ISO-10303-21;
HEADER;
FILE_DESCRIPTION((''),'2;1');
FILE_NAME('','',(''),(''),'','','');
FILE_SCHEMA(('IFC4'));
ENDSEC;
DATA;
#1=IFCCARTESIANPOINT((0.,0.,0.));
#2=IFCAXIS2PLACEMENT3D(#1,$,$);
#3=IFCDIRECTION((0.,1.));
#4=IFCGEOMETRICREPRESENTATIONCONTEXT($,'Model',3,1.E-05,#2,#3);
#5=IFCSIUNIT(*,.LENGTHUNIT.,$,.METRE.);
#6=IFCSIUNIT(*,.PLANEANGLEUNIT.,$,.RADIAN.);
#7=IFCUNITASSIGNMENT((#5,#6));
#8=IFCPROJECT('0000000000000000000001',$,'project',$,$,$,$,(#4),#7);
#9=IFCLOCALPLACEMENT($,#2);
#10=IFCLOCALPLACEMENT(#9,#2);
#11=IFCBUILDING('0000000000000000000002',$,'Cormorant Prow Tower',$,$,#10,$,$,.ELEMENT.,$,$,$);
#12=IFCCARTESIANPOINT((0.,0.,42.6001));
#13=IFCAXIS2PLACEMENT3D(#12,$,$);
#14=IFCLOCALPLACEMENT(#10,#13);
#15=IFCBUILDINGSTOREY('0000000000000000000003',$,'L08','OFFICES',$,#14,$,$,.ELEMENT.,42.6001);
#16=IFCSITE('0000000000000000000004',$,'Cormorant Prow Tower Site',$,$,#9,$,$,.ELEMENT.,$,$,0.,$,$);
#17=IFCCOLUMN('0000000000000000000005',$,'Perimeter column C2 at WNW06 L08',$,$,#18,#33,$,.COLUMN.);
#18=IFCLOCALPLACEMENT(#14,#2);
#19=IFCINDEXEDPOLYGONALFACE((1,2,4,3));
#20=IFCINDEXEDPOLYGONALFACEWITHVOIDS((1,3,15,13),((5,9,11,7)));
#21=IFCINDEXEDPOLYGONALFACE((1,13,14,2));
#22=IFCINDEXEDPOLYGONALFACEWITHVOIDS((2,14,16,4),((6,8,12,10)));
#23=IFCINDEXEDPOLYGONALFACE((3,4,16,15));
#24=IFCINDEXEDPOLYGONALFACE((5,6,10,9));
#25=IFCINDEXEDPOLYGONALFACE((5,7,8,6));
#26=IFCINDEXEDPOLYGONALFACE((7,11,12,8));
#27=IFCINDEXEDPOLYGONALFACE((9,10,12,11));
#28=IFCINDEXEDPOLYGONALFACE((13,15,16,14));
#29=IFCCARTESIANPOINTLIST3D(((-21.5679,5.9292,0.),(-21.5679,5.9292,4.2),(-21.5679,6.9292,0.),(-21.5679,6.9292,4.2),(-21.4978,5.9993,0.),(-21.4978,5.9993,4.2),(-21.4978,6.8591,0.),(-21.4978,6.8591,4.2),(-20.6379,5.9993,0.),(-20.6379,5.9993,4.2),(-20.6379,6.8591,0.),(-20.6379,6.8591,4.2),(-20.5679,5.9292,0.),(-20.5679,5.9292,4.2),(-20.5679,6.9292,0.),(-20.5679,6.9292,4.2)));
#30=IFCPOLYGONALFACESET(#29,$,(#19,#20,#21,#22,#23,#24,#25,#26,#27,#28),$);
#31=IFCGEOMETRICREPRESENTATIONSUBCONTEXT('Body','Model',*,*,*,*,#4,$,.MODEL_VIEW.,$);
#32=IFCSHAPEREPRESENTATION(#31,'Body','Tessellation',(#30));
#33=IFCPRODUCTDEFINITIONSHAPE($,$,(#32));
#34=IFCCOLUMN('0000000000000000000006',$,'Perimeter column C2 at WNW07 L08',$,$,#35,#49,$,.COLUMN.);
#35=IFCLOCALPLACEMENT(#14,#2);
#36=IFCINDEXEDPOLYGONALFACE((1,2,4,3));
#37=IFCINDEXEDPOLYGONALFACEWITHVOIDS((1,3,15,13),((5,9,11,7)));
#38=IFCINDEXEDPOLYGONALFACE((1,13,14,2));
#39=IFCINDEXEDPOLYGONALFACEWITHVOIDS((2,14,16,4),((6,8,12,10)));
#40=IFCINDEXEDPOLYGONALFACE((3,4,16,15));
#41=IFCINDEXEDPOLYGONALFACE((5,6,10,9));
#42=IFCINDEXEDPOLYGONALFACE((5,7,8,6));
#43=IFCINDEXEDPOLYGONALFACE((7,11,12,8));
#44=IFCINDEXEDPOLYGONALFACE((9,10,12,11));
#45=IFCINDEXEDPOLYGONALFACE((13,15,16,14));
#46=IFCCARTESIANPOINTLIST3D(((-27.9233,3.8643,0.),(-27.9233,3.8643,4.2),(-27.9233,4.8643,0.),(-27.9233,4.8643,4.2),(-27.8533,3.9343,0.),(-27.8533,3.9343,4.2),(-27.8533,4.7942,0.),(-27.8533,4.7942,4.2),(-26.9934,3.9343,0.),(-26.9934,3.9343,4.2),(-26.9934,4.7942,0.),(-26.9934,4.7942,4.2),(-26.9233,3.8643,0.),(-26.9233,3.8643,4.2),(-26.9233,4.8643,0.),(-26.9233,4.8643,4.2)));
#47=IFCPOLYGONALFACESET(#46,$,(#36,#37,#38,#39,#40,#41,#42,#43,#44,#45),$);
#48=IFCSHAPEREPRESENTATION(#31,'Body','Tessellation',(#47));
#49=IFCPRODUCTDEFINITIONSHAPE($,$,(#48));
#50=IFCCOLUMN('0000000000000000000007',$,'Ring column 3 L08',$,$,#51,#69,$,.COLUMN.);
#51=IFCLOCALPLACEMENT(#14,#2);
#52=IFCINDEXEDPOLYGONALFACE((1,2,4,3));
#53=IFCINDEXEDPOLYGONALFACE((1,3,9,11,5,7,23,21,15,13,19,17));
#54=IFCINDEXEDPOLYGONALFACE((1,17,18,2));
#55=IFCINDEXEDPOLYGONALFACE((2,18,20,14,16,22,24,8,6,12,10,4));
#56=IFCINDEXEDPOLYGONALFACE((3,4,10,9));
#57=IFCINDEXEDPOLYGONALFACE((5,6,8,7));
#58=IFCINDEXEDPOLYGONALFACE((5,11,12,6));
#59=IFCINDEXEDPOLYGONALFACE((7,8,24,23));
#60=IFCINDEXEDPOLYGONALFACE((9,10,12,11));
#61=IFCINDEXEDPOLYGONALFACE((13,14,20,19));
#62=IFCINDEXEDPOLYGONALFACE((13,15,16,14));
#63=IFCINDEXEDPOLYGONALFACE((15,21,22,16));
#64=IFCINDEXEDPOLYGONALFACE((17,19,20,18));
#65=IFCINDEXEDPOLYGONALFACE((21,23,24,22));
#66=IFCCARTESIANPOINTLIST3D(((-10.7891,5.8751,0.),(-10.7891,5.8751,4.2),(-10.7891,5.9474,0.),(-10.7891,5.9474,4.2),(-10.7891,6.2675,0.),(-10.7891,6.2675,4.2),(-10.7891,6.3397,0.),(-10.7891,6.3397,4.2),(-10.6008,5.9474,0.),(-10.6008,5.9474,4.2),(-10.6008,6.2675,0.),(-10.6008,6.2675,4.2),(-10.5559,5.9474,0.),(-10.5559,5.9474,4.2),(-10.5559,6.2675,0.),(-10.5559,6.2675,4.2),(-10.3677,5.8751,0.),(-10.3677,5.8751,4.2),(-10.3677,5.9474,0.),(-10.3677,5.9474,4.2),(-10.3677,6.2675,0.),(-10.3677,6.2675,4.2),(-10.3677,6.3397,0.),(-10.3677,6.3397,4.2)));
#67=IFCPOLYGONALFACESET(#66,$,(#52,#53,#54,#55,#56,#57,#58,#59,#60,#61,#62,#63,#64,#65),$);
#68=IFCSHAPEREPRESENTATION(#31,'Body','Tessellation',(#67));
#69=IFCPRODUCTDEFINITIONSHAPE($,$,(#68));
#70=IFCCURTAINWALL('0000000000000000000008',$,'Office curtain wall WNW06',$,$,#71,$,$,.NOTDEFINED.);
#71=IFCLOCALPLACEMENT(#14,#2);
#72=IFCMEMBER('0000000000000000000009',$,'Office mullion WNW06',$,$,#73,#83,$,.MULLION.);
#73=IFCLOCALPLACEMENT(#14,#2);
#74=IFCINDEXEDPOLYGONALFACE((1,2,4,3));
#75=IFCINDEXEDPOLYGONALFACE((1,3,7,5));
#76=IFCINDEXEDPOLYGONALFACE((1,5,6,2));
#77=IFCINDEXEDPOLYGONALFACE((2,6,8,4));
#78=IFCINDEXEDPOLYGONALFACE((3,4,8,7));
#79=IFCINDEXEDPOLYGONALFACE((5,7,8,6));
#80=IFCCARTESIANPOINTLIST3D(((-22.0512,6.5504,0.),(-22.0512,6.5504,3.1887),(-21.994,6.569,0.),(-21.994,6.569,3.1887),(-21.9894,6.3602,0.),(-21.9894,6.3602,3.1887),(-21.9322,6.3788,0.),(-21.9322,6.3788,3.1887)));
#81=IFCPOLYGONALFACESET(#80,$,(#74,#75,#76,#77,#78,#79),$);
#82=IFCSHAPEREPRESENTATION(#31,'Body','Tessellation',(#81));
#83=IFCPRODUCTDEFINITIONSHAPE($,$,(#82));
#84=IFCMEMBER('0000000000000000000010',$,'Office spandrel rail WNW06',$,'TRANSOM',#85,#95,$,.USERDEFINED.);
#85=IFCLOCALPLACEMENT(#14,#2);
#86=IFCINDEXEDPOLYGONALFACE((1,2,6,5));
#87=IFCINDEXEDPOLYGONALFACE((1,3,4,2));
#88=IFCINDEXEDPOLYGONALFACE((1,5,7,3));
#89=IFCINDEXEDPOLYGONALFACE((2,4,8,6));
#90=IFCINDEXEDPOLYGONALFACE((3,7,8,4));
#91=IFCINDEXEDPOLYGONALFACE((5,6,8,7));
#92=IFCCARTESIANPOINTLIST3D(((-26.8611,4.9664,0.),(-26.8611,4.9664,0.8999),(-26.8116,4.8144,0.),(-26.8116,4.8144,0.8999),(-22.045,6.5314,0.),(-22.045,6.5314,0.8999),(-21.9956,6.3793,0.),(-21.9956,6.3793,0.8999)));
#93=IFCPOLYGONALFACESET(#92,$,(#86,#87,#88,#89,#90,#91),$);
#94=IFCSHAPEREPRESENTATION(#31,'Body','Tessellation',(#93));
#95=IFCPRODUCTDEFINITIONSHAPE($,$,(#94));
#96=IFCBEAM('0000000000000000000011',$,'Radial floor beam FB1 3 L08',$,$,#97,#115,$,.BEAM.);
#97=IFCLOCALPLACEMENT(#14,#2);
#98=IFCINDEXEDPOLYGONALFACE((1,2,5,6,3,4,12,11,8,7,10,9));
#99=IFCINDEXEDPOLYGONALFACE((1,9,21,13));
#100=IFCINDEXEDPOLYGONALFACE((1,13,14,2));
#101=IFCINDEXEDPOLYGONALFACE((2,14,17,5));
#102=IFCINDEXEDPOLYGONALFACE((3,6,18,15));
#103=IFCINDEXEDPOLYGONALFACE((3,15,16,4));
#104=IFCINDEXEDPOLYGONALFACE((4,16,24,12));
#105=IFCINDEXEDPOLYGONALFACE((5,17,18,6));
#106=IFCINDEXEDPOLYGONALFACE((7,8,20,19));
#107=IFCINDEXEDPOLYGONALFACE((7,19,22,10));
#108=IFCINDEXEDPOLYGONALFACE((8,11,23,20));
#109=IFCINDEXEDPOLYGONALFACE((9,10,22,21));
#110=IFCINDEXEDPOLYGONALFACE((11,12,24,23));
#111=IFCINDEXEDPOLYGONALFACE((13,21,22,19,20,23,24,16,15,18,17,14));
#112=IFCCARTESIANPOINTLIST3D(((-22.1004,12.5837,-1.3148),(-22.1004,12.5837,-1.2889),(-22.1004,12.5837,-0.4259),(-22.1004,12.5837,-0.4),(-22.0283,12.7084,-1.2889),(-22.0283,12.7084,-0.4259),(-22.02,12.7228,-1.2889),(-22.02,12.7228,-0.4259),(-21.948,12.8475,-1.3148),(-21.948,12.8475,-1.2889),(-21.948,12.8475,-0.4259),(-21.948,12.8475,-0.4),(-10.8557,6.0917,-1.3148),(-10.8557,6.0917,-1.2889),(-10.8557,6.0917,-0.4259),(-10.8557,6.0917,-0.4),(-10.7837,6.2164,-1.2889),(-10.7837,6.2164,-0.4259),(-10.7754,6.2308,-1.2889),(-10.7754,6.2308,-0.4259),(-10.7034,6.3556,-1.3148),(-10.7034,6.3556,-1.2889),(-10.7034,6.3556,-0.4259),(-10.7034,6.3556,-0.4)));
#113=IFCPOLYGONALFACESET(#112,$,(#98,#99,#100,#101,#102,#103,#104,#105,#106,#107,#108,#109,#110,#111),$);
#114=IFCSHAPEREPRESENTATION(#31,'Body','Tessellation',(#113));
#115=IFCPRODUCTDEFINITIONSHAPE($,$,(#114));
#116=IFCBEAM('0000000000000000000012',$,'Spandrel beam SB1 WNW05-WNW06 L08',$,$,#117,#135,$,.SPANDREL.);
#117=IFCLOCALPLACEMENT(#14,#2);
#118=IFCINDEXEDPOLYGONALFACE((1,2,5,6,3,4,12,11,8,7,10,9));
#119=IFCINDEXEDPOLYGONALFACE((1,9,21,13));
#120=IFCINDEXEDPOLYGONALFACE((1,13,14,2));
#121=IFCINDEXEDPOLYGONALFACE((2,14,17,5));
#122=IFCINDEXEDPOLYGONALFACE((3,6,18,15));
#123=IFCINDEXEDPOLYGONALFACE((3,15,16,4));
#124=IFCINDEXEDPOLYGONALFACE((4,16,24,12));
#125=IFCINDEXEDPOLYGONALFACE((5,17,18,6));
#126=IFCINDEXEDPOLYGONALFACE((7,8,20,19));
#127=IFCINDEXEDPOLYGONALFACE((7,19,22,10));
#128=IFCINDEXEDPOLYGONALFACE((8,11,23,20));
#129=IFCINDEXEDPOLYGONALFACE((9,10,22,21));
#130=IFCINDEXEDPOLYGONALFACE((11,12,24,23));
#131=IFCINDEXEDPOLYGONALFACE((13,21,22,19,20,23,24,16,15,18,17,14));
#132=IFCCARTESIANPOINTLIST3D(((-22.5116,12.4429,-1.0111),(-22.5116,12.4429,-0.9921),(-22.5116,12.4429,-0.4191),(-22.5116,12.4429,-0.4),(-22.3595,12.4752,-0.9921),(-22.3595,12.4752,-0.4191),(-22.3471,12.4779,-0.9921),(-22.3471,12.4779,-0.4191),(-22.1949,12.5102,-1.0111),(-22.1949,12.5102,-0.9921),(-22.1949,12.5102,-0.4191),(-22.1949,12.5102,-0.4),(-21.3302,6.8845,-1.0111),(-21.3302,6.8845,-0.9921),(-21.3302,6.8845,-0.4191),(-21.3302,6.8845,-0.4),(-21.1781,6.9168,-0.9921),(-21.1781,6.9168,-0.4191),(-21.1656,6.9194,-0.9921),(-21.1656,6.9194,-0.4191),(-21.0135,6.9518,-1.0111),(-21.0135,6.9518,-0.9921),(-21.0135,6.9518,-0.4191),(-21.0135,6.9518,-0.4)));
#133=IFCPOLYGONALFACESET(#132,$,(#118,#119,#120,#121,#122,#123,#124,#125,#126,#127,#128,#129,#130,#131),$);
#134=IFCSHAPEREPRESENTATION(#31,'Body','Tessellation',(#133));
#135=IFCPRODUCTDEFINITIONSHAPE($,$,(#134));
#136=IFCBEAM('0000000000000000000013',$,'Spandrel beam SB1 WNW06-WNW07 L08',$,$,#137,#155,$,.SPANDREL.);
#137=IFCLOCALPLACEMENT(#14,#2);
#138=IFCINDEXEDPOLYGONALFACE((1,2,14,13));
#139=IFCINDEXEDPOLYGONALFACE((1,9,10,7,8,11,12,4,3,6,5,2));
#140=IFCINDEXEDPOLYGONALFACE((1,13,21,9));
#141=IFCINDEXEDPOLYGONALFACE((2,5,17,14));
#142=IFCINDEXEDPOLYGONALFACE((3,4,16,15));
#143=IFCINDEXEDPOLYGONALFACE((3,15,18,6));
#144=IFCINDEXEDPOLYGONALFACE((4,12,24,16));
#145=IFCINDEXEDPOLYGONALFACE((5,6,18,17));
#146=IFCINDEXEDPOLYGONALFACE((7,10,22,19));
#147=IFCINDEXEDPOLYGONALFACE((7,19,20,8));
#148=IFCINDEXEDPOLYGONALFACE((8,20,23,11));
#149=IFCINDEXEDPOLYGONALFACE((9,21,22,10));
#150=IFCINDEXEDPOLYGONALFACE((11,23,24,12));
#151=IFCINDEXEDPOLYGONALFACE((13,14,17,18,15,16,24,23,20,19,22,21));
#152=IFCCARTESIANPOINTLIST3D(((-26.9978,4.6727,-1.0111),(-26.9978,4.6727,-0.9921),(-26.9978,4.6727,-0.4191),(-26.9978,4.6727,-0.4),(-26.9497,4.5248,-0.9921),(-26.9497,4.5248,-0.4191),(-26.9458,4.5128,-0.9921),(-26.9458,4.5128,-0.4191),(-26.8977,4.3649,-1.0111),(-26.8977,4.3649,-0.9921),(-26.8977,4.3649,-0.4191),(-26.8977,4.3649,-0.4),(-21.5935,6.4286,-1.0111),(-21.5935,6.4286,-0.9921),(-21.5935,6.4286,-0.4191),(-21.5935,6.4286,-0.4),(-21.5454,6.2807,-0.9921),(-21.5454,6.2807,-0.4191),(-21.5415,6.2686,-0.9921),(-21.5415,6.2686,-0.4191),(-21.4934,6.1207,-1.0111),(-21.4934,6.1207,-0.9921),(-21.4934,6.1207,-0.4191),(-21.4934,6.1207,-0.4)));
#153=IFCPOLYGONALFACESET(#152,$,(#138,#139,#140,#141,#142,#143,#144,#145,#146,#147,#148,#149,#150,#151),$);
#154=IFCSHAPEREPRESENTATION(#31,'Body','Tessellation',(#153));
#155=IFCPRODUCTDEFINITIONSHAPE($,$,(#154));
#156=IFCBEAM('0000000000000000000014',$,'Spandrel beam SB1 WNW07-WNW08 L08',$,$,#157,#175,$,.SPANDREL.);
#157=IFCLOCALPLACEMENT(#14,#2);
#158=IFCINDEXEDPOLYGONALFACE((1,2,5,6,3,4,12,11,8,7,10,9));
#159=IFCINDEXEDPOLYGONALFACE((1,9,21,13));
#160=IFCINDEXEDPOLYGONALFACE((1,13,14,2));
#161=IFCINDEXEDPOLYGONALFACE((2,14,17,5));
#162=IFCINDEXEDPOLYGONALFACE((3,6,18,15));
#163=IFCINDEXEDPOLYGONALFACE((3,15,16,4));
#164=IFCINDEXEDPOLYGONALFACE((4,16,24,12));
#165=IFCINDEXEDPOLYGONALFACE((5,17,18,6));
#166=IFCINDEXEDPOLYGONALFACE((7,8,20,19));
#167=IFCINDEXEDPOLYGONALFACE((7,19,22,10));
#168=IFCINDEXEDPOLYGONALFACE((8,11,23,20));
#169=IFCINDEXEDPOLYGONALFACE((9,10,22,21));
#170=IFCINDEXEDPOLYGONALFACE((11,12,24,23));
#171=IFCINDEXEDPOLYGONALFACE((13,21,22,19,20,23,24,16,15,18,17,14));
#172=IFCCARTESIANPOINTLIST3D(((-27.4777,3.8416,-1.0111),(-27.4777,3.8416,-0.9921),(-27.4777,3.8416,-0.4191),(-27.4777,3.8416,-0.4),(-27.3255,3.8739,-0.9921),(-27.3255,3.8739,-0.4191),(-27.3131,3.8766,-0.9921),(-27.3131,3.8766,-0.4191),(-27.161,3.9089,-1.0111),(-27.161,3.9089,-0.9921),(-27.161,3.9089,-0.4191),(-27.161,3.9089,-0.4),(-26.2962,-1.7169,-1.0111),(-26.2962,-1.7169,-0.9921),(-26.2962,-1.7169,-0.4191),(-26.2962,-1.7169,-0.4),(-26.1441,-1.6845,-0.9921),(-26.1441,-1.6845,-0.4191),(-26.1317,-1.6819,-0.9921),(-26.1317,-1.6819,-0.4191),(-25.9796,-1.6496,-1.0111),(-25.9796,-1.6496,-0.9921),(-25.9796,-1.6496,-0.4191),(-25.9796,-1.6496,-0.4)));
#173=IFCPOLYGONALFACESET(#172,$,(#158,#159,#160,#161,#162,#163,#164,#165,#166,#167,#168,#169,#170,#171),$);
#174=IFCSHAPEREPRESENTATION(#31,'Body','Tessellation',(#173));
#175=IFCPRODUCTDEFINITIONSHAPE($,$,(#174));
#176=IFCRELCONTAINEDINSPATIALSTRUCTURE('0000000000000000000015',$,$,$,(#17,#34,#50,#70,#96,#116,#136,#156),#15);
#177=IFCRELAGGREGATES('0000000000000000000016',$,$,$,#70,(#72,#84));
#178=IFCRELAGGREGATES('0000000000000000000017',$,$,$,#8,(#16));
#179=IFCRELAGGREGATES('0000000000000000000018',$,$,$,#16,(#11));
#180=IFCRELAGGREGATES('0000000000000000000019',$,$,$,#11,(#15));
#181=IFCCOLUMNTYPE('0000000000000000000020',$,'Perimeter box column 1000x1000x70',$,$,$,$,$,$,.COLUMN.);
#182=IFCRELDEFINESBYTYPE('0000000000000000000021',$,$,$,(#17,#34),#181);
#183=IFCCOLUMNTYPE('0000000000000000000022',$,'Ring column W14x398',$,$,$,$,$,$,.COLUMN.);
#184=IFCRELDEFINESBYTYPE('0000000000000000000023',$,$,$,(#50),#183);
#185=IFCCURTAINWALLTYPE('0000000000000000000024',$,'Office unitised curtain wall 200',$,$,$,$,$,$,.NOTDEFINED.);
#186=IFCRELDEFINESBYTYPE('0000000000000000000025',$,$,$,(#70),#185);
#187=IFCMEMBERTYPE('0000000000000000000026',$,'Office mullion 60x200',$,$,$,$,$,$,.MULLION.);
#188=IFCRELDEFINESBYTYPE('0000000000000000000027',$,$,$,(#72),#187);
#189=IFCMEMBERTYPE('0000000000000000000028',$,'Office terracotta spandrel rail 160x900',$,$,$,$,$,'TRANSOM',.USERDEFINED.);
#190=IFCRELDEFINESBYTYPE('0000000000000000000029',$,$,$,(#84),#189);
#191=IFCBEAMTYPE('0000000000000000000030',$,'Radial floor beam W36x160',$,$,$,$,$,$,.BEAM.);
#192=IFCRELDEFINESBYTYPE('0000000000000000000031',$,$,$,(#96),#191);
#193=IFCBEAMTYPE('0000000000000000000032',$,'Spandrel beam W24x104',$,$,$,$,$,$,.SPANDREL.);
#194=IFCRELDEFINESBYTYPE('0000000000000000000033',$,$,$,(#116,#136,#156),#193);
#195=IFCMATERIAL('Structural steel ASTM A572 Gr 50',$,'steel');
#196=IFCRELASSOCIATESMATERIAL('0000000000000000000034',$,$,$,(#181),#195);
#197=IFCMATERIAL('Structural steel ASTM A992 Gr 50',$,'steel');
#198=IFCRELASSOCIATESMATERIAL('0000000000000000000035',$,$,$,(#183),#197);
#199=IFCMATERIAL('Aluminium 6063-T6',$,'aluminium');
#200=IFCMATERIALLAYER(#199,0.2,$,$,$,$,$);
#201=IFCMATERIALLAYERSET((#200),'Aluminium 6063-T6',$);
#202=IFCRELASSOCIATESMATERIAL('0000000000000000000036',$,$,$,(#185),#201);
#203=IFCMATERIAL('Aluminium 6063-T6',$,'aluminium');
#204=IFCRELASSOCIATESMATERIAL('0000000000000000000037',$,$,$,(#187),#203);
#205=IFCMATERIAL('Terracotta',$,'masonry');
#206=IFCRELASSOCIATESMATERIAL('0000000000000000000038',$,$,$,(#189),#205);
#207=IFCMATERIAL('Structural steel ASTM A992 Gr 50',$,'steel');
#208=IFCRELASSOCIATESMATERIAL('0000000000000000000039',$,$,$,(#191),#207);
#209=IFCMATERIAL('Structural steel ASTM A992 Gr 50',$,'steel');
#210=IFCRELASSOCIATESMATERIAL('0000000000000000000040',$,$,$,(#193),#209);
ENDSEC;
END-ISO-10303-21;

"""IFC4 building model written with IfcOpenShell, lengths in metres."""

from ifc_helpers import new_model, si_unit, direction, frame, origin, origin_2d, place, context, subcontext, project, spatial, rectangle, hollow_rectangle, i_section, extrude, material, layer, layer_set, material_profile, profile_set, type_object, element, aggregate, save


model = new_model("IFC4")

# Units and contexts
model_context = context("Model", 3, precision=1e-05, world=origin(), true_north=direction((0.0, 1.0)))
body_context = subcontext(model_context, "Body", "Model", "MODEL_VIEW")
ifc_project = project(units=[si_unit("LENGTHUNIT", "METRE"), si_unit("PLANEANGLEUNIT", "RADIAN")], contexts=[model_context])

# Site, building, storey
site_placement = place(None, origin())
site = spatial("IfcSite", under=ifc_project, at=site_placement, Name="Cormorant Prow Tower Site", CompositionType="ELEMENT", RefElevation=0.0)
building_placement = place(site_placement, origin())
building = spatial("IfcBuilding", under=site, at=building_placement, Name="Cormorant Prow Tower", CompositionType="ELEMENT")
storey_placement = place(building_placement, frame((0.0, 0.0, 42.6001)))
storey = spatial("IfcBuildingStorey", under=building, at=storey_placement, Name="L08", Description="OFFICES", CompositionType="ELEMENT", Elevation=42.6001)

# Columns
ifc_material_1 = material(Name="Structural steel ASTM A572 Gr 50", Category="steel")
ifc_material_profile_1 = material_profile(ifc_material_1, hollow_rectangle(XDim=1.0, YDim=1.0, WallThickness=0.0701, at=origin_2d()), Name="Box 1000x1000x70")
ifc_profile_set_1 = profile_set([ifc_material_profile_1], Name="Structural steel ASTM A572 Gr 50")
column_type_1 = type_object("IfcColumnType", Name="Perimeter box column 1000x1000x70", PredefinedType="COLUMN", material=ifc_profile_set_1)
for number, where, z_axis, x_axis, name in (
    (1, (-21.0679, 6.4292, 0.0), (0.0, 0.0, 1.0), (1.0, 0.0, 0.0), "Perimeter column C2 at WNW06 L08"),
    (2, (-27.4233, 4.3643, 0.0), (0.0, 0.0, 1.0), (1.0, 0.0, 0.0), "Perimeter column C2 at WNW07 L08"),
):
    element("IfcColumn", number, at=place(storey_placement, frame(where, z_axis=z_axis, x_axis=x_axis)), inside=storey, type_object=column_type_1, Name=name, PredefinedType="COLUMN", context=body_context, shape_type="SweptSolid", body=[
        extrude(hollow_rectangle(XDim=1.0, YDim=1.0, WallThickness=0.0701, at=origin_2d()), origin(), (0.0, 0.0, 1.0), 4.2),
    ])
ifc_material_2 = material(Name="Structural steel ASTM A992 Gr 50", Category="steel")
ifc_material_profile_2 = material_profile(ifc_material_2, i_section(OverallWidth=0.4214, OverallDepth=0.4646, WebThickness=0.0449, FlangeThickness=0.0723, at=origin_2d()), Name="W14x398")
ifc_profile_set_2 = profile_set([ifc_material_profile_2], Name="Structural steel ASTM A992 Gr 50")
column_type_2 = type_object("IfcColumnType", Name="Ring column W14x398", PredefinedType="COLUMN", material=ifc_profile_set_2)
column_placement = place(storey_placement, frame((-10.5784, 6.1074, 0.0), z_axis=(0.0, 0.0, 1.0), x_axis=(1.0, 0.0, 0.0)))
element("IfcColumn", 3, at=column_placement, inside=storey, type_object=column_type_2, Name="Ring column 3 L08", PredefinedType="COLUMN", context=body_context, shape_type="SweptSolid", body=[
    extrude(i_section(OverallWidth=0.4214, OverallDepth=0.4646, WebThickness=0.0449, FlangeThickness=0.0723, at=origin_2d()), origin(), (0.0, 0.0, 1.0), 4.2),
])

# Curtain wall, members
ifc_material_3 = material(Name="Aluminium 6063-T6", Category="aluminium")
ifc_layer_1 = layer(ifc_material_3, 0.2)
ifc_layer_set_1 = layer_set([ifc_layer_1], Name="Aluminium 6063-T6")
curtain_wall_type = type_object("IfcCurtainWallType", Name="Office unitised curtain wall 200", PredefinedType="NOTDEFINED", material=ifc_layer_set_1)
curtain_wall_placement = place(storey_placement, origin())
curtain_wall = element("IfcCurtainWall", 4, at=curtain_wall_placement, inside=storey, type_object=curtain_wall_type, Name="Office curtain wall WNW06", PredefinedType="NOTDEFINED")
ifc_material_4 = material(Name="Aluminium 6063-T6", Category="aluminium")
ifc_material_profile_3 = material_profile(ifc_material_4, rectangle(XDim=0.2, YDim=0.0601, at=origin_2d()), Name="Office mullion 60x200")
ifc_profile_set_3 = profile_set([ifc_material_profile_3], Name="Aluminium 6063-T6")
member_type_1 = type_object("IfcMemberType", Name="Office mullion 60x200", PredefinedType="MULLION", material=ifc_profile_set_3)
member_1_placement = place(storey_placement, frame((-21.9917, 6.4646, 0.0), z_axis=(0.0, 0.0, 1.0), x_axis=(0.309017, -0.951057, 0.0)))
member_1 = element("IfcMember", 5, at=member_1_placement, type_object=member_type_1, Name="Office mullion WNW06", PredefinedType="MULLION", context=body_context, shape_type="SweptSolid", body=[
    extrude(rectangle(XDim=0.2, YDim=0.0601, at=origin_2d()), origin(), (0.0, 0.0, 1.0), 3.1887),
])
ifc_material_5 = material(Name="Terracotta", Category="masonry")
ifc_material_profile_4 = material_profile(ifc_material_5, rectangle(XDim=0.1599, YDim=0.8999, at=origin_2d()), Name="Office terracotta spandrel rail 160x900")
ifc_profile_set_4 = profile_set([ifc_material_profile_4], Name="Terracotta")
member_type_2 = type_object("IfcMemberType", Name="Office terracotta spandrel rail 160x900", ElementType="TRANSOM", PredefinedType="USERDEFINED", material=ifc_profile_set_4)
member_2_placement = place(storey_placement, frame((-22.0203, 6.4553, 0.45), z_axis=(-0.951052, -0.30903, 0.0), x_axis=(0.30903, -0.951052, 0.0)))
member_2 = element("IfcMember", 6, at=member_2_placement, type_object=member_type_2, Name="Office spandrel rail WNW06", ObjectType="TRANSOM", PredefinedType="USERDEFINED", context=body_context, shape_type="SweptSolid", body=[
    extrude(rectangle(XDim=0.1599, YDim=0.8999, at=origin_2d()), origin(), (0.0, 0.0, 1.0), 5.064),
])

# Beams
ifc_material_6 = material(Name="Structural steel ASTM A992 Gr 50", Category="steel")
ifc_material_profile_5 = material_profile(ifc_material_6, i_section(OverallWidth=0.3047, OverallDepth=0.9148, WebThickness=0.0166, FlangeThickness=0.0259, at=origin_2d()), Name="W36x160")
ifc_profile_set_5 = profile_set([ifc_material_profile_5], Name="Structural steel ASTM A992 Gr 50")
beam_type_1 = type_object("IfcBeamType", Name="Radial floor beam W36x160", PredefinedType="BEAM", material=ifc_profile_set_5)
beam_1_placement = place(storey_placement, frame((-10.7795, 6.2236, -0.8574), z_axis=(-0.86603, 0.499992, 0.0), x_axis=(-0.499992, -0.86603, 0.0)))
element("IfcBeam", 7, at=beam_1_placement, inside=storey, type_object=beam_type_1, Name="Radial floor beam FB1 3 L08", PredefinedType="BEAM", context=body_context, shape_type="SweptSolid", body=[
    extrude(i_section(OverallWidth=0.3047, OverallDepth=0.9148, WebThickness=0.0166, FlangeThickness=0.0259, at=origin_2d()), origin(), (0.0, 0.0, 1.0), 12.9841),
])
ifc_material_7 = material(Name="Structural steel ASTM A992 Gr 50", Category="steel")
ifc_material_profile_6 = material_profile(ifc_material_7, i_section(OverallWidth=0.3237, OverallDepth=0.6111, WebThickness=0.0127, FlangeThickness=0.019, at=origin_2d()), Name="W24x104")
ifc_profile_set_6 = profile_set([ifc_material_profile_6], Name="Structural steel ASTM A992 Gr 50")
beam_type_2 = type_object("IfcBeamType", Name="Spandrel beam W24x104", PredefinedType="SPANDREL", material=ifc_profile_set_6)
beam_2_placement = place(storey_placement, frame((-22.3533, 12.4766, -0.7056), z_axis=(0.2079, -0.97815, 0.0), x_axis=(0.97815, 0.2079, 0.0)))
element("IfcBeam", 8, at=beam_2_placement, inside=storey, type_object=beam_type_2, Name="Spandrel beam SB1 WNW05-WNW06 L08", PredefinedType="SPANDREL", context=body_context, shape_type="SweptSolid", body=[
    extrude(i_section(OverallWidth=0.3237, OverallDepth=0.6111, WebThickness=0.0127, FlangeThickness=0.019, at=origin_2d()), origin(), (0.0, 0.0, 1.0), 5.6826),
])
beam_3_placement = place(storey_placement, frame((-21.5435, 6.2747, -0.7056), z_axis=(-0.951062, -0.309001, 0.0), x_axis=(0.309001, -0.951062, 0.0)))
element("IfcBeam", 9, at=beam_3_placement, inside=storey, type_object=beam_type_2, Name="Spandrel beam SB1 WNW06-WNW07 L08", PredefinedType="SPANDREL", context=body_context, shape_type="SweptSolid", body=[
    extrude(i_section(OverallWidth=0.3237, OverallDepth=0.6111, WebThickness=0.0127, FlangeThickness=0.019, at=origin_2d()), origin(), (0.0, 0.0, 1.0), 5.6824),
])
beam_4_placement = place(storey_placement, frame((-27.3193, 3.8752, -0.7056), z_axis=(0.2079, -0.97815, 0.0), x_axis=(0.97815, 0.2079, 0.0)))
element("IfcBeam", 10, at=beam_4_placement, inside=storey, type_object=beam_type_2, Name="Spandrel beam SB1 WNW07-WNW08 L08", PredefinedType="SPANDREL", context=body_context, shape_type="SweptSolid", body=[
    extrude(i_section(OverallWidth=0.3237, OverallDepth=0.6111, WebThickness=0.0127, FlangeThickness=0.019, at=origin_2d()), origin(), (0.0, 0.0, 1.0), 5.6826),
])

aggregate(curtain_wall, [member_1, member_2])

save(model, "model.ifc")
